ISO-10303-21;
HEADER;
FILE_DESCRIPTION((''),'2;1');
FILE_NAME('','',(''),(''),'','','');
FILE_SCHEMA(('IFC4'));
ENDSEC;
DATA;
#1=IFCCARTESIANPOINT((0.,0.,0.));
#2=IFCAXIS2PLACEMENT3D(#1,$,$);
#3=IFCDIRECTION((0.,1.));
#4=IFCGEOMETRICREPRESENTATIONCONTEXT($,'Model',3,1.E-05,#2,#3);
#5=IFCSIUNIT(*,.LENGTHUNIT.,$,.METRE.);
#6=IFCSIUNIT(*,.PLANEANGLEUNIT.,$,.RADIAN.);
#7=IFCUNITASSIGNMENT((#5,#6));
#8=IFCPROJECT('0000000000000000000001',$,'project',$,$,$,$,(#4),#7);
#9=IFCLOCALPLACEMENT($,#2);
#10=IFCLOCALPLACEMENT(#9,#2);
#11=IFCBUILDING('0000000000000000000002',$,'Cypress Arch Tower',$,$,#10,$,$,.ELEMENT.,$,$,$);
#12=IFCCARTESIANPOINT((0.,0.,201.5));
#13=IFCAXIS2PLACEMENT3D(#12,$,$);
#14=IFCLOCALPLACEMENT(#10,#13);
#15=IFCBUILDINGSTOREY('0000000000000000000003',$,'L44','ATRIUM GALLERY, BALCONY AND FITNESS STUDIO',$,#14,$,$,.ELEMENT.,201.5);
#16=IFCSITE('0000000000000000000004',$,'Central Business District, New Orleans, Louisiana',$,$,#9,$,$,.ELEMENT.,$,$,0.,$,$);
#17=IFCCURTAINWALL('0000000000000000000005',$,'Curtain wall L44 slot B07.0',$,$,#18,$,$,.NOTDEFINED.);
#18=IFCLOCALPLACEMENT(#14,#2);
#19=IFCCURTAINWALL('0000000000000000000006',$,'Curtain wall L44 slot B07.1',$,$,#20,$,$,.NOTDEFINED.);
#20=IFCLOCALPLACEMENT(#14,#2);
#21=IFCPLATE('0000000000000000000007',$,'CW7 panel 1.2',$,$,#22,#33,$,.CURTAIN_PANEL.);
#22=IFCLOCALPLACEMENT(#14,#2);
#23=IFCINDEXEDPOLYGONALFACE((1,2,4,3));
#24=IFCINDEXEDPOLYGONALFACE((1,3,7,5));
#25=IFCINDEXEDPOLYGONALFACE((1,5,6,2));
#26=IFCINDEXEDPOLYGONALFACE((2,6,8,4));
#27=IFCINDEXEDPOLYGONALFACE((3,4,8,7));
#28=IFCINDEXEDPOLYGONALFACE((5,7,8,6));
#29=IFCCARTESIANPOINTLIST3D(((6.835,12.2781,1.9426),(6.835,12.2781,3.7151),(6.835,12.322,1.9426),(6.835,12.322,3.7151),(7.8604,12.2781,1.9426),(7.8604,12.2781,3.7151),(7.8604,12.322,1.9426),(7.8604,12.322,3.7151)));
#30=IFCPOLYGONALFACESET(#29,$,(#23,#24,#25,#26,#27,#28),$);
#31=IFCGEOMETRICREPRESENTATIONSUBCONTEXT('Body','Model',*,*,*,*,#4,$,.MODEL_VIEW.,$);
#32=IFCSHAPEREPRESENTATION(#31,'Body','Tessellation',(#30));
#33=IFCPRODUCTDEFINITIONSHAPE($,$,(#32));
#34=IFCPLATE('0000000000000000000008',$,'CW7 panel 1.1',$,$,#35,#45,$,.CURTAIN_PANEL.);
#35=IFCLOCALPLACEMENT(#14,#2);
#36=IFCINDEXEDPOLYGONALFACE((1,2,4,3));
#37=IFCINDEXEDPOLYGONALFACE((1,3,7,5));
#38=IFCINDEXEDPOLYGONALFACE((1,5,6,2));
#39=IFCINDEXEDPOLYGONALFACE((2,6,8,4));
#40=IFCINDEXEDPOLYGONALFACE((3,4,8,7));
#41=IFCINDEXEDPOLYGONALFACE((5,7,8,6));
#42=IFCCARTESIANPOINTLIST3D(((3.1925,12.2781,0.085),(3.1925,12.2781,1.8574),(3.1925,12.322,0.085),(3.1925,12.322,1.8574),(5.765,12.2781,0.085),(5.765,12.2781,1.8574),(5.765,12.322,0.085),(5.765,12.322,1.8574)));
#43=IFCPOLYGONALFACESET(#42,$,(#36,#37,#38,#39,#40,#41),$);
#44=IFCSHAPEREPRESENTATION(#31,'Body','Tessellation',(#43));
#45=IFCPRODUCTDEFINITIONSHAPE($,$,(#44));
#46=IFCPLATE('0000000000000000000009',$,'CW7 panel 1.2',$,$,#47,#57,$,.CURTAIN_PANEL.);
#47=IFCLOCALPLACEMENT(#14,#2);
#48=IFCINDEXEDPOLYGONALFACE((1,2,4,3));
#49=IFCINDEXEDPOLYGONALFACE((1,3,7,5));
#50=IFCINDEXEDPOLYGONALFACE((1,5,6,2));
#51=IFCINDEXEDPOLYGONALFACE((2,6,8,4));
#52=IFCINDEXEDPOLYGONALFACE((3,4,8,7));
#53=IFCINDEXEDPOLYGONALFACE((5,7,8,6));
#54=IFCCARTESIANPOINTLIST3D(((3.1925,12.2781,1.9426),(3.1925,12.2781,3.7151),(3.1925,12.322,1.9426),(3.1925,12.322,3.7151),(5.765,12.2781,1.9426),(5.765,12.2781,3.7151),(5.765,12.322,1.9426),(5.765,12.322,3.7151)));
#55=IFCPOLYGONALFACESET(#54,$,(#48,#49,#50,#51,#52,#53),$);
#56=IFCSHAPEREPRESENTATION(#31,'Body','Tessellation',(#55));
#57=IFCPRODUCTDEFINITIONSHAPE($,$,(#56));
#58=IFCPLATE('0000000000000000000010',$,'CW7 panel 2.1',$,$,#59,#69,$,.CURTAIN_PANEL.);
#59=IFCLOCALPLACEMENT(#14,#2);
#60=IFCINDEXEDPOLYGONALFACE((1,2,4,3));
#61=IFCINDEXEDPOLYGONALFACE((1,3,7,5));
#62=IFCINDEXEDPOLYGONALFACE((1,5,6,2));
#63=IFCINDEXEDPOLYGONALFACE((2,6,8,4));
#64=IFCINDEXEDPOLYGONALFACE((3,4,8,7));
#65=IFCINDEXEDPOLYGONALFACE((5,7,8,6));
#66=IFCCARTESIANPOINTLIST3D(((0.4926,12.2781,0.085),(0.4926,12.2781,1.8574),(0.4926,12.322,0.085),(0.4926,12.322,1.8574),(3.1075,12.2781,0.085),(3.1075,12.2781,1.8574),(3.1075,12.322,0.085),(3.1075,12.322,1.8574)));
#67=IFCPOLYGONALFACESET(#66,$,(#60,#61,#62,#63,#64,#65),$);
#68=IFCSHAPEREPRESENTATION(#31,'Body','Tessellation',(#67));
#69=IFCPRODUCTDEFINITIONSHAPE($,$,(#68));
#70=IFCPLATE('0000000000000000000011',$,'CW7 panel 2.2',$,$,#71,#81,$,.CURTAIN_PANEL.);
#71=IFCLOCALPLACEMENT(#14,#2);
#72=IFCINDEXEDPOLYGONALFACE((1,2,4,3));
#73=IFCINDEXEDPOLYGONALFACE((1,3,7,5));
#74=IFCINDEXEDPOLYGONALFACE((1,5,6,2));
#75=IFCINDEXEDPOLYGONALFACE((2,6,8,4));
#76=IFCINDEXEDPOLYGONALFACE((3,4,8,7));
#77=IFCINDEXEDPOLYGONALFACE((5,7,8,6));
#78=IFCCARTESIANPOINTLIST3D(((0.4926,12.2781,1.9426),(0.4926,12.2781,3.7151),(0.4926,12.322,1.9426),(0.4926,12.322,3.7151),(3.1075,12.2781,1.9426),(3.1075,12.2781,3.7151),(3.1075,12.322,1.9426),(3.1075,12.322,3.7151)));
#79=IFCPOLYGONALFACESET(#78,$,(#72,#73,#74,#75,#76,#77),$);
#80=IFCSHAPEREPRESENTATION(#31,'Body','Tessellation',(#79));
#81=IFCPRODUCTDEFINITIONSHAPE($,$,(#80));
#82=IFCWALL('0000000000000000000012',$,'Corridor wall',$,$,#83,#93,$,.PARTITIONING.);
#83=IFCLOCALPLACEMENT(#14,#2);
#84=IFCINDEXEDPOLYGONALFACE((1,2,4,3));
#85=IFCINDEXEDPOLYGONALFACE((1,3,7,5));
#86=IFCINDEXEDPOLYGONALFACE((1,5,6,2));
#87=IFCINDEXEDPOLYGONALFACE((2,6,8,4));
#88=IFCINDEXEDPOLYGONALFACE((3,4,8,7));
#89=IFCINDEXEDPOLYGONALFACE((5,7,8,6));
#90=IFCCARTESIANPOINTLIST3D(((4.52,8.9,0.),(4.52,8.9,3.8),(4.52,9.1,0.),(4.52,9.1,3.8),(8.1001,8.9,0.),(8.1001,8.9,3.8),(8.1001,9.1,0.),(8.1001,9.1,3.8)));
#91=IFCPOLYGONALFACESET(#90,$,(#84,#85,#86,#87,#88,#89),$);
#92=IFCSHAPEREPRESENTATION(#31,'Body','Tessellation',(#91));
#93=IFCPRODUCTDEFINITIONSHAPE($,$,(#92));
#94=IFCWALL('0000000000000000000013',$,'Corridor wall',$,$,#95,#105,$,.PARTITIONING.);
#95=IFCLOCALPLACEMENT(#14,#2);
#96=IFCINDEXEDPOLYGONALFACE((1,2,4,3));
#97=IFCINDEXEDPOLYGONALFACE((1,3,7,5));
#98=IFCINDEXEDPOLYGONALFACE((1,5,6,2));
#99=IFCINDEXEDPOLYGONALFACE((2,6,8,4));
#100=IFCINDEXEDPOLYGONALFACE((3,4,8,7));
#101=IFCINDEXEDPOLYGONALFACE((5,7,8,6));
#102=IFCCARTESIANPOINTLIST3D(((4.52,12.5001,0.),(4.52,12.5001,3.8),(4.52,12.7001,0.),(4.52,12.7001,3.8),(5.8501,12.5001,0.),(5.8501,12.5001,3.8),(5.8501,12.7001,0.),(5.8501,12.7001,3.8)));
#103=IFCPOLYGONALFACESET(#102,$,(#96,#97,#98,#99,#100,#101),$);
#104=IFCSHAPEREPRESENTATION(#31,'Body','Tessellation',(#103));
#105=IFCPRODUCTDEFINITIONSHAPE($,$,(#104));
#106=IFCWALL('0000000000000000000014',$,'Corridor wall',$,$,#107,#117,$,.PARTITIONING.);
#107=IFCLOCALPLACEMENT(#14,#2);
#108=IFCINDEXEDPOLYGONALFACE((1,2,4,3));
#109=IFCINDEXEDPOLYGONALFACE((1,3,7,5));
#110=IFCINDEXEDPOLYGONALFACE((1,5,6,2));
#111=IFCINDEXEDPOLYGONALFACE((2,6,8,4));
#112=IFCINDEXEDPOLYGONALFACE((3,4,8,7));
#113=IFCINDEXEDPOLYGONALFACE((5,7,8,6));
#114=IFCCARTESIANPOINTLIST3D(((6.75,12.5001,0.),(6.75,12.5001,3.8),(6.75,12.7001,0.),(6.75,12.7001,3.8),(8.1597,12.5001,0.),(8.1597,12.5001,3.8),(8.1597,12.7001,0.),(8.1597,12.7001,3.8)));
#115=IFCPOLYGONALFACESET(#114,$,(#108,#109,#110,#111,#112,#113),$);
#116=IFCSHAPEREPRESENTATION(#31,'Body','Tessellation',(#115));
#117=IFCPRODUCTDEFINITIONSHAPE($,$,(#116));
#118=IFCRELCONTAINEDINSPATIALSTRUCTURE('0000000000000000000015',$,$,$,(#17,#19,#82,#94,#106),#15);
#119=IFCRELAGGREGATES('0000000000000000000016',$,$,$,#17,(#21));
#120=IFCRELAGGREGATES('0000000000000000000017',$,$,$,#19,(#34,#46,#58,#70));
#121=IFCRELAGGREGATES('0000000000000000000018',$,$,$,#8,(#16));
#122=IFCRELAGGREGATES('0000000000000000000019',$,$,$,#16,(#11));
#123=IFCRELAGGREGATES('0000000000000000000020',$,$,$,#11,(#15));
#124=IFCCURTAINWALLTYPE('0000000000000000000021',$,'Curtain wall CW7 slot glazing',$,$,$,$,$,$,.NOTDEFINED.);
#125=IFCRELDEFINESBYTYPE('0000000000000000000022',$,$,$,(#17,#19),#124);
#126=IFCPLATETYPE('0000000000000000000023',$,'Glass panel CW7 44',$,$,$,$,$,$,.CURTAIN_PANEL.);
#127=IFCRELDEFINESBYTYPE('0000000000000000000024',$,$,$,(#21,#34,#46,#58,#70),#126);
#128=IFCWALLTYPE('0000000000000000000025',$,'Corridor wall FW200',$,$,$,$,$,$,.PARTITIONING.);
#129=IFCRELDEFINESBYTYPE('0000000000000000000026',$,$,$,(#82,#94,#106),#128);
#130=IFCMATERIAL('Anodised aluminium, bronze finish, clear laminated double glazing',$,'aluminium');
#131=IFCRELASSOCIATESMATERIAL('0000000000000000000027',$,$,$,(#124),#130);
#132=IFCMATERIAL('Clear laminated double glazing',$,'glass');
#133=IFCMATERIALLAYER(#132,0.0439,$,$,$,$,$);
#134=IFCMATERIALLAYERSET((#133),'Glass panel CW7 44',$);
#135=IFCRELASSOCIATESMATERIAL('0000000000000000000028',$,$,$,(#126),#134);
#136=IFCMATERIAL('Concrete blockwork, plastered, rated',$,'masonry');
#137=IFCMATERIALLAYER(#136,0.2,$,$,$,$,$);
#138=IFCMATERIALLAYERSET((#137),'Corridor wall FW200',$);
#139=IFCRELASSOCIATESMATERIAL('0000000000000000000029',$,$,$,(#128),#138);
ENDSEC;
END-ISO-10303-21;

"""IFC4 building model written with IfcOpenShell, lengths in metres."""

from ifc_helpers import new_model, si_unit, direction, frame, frame_2d, origin, origin_2d, place, context, subcontext, project, spatial, rectangle, extrude, material, layer, layer_set, type_object, element, aggregate, save


model = new_model("IFC4")

# Units and contexts
model_context = context("Model", 3, precision=1e-05, world=origin(), true_north=direction((0.0, 1.0)))
body_context = subcontext(model_context, "Body", "Model", "MODEL_VIEW")
ifc_project = project(units=[si_unit("LENGTHUNIT", "METRE"), si_unit("PLANEANGLEUNIT", "RADIAN")], contexts=[model_context])

# Site, building, storey
site_placement = place(None, origin())
site = spatial("IfcSite", under=ifc_project, at=site_placement, Name="Central Business District, New Orleans, Louisiana", CompositionType="ELEMENT", RefElevation=0.0)
building_placement = place(site_placement, origin())
building = spatial("IfcBuilding", under=site, at=building_placement, Name="Cypress Arch Tower", CompositionType="ELEMENT")
storey_placement = place(building_placement, frame((0.0, 0.0, 201.5)))
storey = spatial("IfcBuildingStorey", under=building, at=storey_placement, Name="L44", Description="ATRIUM GALLERY, BALCONY AND FITNESS STUDIO", CompositionType="ELEMENT", Elevation=201.5)

# Curtain walls
ifc_material_1 = material(Name="Anodised aluminium, bronze finish, clear laminated double glazing", Category="aluminium")
curtain_wall_type = type_object("IfcCurtainWallType", Name="Curtain wall CW7 slot glazing", PredefinedType="NOTDEFINED", material=ifc_material_1)
curtain_wall_1_placement = place(storey_placement, origin())
curtain_wall_1 = element("IfcCurtainWall", 1, at=curtain_wall_1_placement, inside=storey, type_object=curtain_wall_type, Name="Curtain wall L44 slot B07.0", PredefinedType="NOTDEFINED")
curtain_wall_2_placement = place(storey_placement, origin())
curtain_wall_2 = element("IfcCurtainWall", 2, at=curtain_wall_2_placement, inside=storey, type_object=curtain_wall_type, Name="Curtain wall L44 slot B07.1", PredefinedType="NOTDEFINED")

# Plates
ifc_material_2 = material(Name="Clear laminated double glazing", Category="glass")
ifc_layer_1 = layer(ifc_material_2, 0.0439)
ifc_layer_set_1 = layer_set([ifc_layer_1], Name="Glass panel CW7 44")
plate_type = type_object("IfcPlateType", Name="Glass panel CW7 44", PredefinedType="CURTAIN_PANEL", material=ifc_layer_set_1)
plate_1_placement = place(storey_placement, frame((7.3477, 12.3, 1.9426), z_axis=(0.0, 0.0, 1.0), x_axis=(-1.0, 0.0, 0.0)))
plate_1 = element("IfcPlate", 3, at=plate_1_placement, type_object=plate_type, Name="CW7 panel 1.2", PredefinedType="CURTAIN_PANEL", context=body_context, shape_type="SweptSolid", body=[
    extrude(rectangle(XDim=1.0254, YDim=0.0439, at=origin_2d()), origin(), (0.0, 0.0, 1.0), 1.7725),
])
aggregate(curtain_wall_1, [plate_1])
plate_2_placement = place(storey_placement, frame((4.4788, 12.3, 0.085), z_axis=(0.0, 0.0, 1.0), x_axis=(-1.0, 0.0, 0.0)))
plate_2 = element("IfcPlate", 4, at=plate_2_placement, type_object=plate_type, Name="CW7 panel 1.1", PredefinedType="CURTAIN_PANEL", context=body_context, shape_type="SweptSolid", body=[
    extrude(rectangle(XDim=2.5725, YDim=0.0439, at=origin_2d()), origin(), (0.0, 0.0, 1.0), 1.7725),
])
plate_3_placement = place(storey_placement, frame((4.4788, 12.3, 1.9426), z_axis=(0.0, 0.0, 1.0), x_axis=(-1.0, 0.0, 0.0)))
plate_3 = element("IfcPlate", 5, at=plate_3_placement, type_object=plate_type, Name="CW7 panel 1.2", PredefinedType="CURTAIN_PANEL", context=body_context, shape_type="SweptSolid", body=[
    extrude(rectangle(XDim=2.5725, YDim=0.0439, at=origin_2d()), origin(), (0.0, 0.0, 1.0), 1.7725),
])
plate_4_placement = place(storey_placement, frame((1.8, 12.3, 0.085), z_axis=(0.0, 0.0, 1.0), x_axis=(-1.0, 0.0, 0.0)))
plate_4 = element("IfcPlate", 6, at=plate_4_placement, type_object=plate_type, Name="CW7 panel 2.1", PredefinedType="CURTAIN_PANEL", context=body_context, shape_type="SweptSolid", body=[
    extrude(rectangle(XDim=2.615, YDim=0.0439, at=origin_2d()), origin(), (0.0, 0.0, 1.0), 1.7725),
])
plate_5_placement = place(storey_placement, frame((1.8, 12.3, 1.9426), z_axis=(0.0, 0.0, 1.0), x_axis=(-1.0, 0.0, 0.0)))
plate_5 = element("IfcPlate", 7, at=plate_5_placement, type_object=plate_type, Name="CW7 panel 2.2", PredefinedType="CURTAIN_PANEL", context=body_context, shape_type="SweptSolid", body=[
    extrude(rectangle(XDim=2.615, YDim=0.0439, at=origin_2d()), origin(), (0.0, 0.0, 1.0), 1.7725),
])
aggregate(curtain_wall_2, [plate_2, plate_3, plate_4, plate_5])

# Walls
ifc_material_3 = material(Name="Concrete blockwork, plastered, rated", Category="masonry")
ifc_layer_2 = layer(ifc_material_3, 0.2)
ifc_layer_set_2 = layer_set([ifc_layer_2], Name="Corridor wall FW200")
wall_type = type_object("IfcWallType", Name="Corridor wall FW200", PredefinedType="PARTITIONING", material=ifc_layer_set_2)
wall_1_placement = place(storey_placement, frame((4.52, 9.0, 0.0), z_axis=(0.0, 0.0, 1.0), x_axis=(1.0, 0.0, 0.0)))
element("IfcWall", 8, at=wall_1_placement, inside=storey, type_object=wall_type, Name="Corridor wall", PredefinedType="PARTITIONING", context=body_context, shape_type="SweptSolid", body=[
    extrude(rectangle(XDim=3.5801, YDim=0.2, at=frame_2d((1.79, 0.0))), origin(), (0.0, 0.0, 1.0), 3.8),
])
wall_2_placement = place(storey_placement, frame((4.52, 12.6001, 0.0), z_axis=(0.0, 0.0, 1.0), x_axis=(1.0, 0.0, 0.0)))
element("IfcWall", 9, at=wall_2_placement, inside=storey, type_object=wall_type, Name="Corridor wall", PredefinedType="PARTITIONING", context=body_context, shape_type="SweptSolid", body=[
    extrude(rectangle(XDim=1.3301, YDim=0.2, at=frame_2d((0.665, 0.0))), origin(), (0.0, 0.0, 1.0), 3.8),
])
wall_3_placement = place(storey_placement, frame((6.75, 12.6001, 0.0), z_axis=(0.0, 0.0, 1.0), x_axis=(1.0, 0.0, 0.0)))
element("IfcWall", 10, at=wall_3_placement, inside=storey, type_object=wall_type, Name="Corridor wall", PredefinedType="PARTITIONING", context=body_context, shape_type="SweptSolid", body=[
    extrude(rectangle(XDim=1.4097, YDim=0.2, at=frame_2d((0.7048, 0.0))), origin(), (0.0, 0.0, 1.0), 3.8),
])

save(model, "model.ifc")
